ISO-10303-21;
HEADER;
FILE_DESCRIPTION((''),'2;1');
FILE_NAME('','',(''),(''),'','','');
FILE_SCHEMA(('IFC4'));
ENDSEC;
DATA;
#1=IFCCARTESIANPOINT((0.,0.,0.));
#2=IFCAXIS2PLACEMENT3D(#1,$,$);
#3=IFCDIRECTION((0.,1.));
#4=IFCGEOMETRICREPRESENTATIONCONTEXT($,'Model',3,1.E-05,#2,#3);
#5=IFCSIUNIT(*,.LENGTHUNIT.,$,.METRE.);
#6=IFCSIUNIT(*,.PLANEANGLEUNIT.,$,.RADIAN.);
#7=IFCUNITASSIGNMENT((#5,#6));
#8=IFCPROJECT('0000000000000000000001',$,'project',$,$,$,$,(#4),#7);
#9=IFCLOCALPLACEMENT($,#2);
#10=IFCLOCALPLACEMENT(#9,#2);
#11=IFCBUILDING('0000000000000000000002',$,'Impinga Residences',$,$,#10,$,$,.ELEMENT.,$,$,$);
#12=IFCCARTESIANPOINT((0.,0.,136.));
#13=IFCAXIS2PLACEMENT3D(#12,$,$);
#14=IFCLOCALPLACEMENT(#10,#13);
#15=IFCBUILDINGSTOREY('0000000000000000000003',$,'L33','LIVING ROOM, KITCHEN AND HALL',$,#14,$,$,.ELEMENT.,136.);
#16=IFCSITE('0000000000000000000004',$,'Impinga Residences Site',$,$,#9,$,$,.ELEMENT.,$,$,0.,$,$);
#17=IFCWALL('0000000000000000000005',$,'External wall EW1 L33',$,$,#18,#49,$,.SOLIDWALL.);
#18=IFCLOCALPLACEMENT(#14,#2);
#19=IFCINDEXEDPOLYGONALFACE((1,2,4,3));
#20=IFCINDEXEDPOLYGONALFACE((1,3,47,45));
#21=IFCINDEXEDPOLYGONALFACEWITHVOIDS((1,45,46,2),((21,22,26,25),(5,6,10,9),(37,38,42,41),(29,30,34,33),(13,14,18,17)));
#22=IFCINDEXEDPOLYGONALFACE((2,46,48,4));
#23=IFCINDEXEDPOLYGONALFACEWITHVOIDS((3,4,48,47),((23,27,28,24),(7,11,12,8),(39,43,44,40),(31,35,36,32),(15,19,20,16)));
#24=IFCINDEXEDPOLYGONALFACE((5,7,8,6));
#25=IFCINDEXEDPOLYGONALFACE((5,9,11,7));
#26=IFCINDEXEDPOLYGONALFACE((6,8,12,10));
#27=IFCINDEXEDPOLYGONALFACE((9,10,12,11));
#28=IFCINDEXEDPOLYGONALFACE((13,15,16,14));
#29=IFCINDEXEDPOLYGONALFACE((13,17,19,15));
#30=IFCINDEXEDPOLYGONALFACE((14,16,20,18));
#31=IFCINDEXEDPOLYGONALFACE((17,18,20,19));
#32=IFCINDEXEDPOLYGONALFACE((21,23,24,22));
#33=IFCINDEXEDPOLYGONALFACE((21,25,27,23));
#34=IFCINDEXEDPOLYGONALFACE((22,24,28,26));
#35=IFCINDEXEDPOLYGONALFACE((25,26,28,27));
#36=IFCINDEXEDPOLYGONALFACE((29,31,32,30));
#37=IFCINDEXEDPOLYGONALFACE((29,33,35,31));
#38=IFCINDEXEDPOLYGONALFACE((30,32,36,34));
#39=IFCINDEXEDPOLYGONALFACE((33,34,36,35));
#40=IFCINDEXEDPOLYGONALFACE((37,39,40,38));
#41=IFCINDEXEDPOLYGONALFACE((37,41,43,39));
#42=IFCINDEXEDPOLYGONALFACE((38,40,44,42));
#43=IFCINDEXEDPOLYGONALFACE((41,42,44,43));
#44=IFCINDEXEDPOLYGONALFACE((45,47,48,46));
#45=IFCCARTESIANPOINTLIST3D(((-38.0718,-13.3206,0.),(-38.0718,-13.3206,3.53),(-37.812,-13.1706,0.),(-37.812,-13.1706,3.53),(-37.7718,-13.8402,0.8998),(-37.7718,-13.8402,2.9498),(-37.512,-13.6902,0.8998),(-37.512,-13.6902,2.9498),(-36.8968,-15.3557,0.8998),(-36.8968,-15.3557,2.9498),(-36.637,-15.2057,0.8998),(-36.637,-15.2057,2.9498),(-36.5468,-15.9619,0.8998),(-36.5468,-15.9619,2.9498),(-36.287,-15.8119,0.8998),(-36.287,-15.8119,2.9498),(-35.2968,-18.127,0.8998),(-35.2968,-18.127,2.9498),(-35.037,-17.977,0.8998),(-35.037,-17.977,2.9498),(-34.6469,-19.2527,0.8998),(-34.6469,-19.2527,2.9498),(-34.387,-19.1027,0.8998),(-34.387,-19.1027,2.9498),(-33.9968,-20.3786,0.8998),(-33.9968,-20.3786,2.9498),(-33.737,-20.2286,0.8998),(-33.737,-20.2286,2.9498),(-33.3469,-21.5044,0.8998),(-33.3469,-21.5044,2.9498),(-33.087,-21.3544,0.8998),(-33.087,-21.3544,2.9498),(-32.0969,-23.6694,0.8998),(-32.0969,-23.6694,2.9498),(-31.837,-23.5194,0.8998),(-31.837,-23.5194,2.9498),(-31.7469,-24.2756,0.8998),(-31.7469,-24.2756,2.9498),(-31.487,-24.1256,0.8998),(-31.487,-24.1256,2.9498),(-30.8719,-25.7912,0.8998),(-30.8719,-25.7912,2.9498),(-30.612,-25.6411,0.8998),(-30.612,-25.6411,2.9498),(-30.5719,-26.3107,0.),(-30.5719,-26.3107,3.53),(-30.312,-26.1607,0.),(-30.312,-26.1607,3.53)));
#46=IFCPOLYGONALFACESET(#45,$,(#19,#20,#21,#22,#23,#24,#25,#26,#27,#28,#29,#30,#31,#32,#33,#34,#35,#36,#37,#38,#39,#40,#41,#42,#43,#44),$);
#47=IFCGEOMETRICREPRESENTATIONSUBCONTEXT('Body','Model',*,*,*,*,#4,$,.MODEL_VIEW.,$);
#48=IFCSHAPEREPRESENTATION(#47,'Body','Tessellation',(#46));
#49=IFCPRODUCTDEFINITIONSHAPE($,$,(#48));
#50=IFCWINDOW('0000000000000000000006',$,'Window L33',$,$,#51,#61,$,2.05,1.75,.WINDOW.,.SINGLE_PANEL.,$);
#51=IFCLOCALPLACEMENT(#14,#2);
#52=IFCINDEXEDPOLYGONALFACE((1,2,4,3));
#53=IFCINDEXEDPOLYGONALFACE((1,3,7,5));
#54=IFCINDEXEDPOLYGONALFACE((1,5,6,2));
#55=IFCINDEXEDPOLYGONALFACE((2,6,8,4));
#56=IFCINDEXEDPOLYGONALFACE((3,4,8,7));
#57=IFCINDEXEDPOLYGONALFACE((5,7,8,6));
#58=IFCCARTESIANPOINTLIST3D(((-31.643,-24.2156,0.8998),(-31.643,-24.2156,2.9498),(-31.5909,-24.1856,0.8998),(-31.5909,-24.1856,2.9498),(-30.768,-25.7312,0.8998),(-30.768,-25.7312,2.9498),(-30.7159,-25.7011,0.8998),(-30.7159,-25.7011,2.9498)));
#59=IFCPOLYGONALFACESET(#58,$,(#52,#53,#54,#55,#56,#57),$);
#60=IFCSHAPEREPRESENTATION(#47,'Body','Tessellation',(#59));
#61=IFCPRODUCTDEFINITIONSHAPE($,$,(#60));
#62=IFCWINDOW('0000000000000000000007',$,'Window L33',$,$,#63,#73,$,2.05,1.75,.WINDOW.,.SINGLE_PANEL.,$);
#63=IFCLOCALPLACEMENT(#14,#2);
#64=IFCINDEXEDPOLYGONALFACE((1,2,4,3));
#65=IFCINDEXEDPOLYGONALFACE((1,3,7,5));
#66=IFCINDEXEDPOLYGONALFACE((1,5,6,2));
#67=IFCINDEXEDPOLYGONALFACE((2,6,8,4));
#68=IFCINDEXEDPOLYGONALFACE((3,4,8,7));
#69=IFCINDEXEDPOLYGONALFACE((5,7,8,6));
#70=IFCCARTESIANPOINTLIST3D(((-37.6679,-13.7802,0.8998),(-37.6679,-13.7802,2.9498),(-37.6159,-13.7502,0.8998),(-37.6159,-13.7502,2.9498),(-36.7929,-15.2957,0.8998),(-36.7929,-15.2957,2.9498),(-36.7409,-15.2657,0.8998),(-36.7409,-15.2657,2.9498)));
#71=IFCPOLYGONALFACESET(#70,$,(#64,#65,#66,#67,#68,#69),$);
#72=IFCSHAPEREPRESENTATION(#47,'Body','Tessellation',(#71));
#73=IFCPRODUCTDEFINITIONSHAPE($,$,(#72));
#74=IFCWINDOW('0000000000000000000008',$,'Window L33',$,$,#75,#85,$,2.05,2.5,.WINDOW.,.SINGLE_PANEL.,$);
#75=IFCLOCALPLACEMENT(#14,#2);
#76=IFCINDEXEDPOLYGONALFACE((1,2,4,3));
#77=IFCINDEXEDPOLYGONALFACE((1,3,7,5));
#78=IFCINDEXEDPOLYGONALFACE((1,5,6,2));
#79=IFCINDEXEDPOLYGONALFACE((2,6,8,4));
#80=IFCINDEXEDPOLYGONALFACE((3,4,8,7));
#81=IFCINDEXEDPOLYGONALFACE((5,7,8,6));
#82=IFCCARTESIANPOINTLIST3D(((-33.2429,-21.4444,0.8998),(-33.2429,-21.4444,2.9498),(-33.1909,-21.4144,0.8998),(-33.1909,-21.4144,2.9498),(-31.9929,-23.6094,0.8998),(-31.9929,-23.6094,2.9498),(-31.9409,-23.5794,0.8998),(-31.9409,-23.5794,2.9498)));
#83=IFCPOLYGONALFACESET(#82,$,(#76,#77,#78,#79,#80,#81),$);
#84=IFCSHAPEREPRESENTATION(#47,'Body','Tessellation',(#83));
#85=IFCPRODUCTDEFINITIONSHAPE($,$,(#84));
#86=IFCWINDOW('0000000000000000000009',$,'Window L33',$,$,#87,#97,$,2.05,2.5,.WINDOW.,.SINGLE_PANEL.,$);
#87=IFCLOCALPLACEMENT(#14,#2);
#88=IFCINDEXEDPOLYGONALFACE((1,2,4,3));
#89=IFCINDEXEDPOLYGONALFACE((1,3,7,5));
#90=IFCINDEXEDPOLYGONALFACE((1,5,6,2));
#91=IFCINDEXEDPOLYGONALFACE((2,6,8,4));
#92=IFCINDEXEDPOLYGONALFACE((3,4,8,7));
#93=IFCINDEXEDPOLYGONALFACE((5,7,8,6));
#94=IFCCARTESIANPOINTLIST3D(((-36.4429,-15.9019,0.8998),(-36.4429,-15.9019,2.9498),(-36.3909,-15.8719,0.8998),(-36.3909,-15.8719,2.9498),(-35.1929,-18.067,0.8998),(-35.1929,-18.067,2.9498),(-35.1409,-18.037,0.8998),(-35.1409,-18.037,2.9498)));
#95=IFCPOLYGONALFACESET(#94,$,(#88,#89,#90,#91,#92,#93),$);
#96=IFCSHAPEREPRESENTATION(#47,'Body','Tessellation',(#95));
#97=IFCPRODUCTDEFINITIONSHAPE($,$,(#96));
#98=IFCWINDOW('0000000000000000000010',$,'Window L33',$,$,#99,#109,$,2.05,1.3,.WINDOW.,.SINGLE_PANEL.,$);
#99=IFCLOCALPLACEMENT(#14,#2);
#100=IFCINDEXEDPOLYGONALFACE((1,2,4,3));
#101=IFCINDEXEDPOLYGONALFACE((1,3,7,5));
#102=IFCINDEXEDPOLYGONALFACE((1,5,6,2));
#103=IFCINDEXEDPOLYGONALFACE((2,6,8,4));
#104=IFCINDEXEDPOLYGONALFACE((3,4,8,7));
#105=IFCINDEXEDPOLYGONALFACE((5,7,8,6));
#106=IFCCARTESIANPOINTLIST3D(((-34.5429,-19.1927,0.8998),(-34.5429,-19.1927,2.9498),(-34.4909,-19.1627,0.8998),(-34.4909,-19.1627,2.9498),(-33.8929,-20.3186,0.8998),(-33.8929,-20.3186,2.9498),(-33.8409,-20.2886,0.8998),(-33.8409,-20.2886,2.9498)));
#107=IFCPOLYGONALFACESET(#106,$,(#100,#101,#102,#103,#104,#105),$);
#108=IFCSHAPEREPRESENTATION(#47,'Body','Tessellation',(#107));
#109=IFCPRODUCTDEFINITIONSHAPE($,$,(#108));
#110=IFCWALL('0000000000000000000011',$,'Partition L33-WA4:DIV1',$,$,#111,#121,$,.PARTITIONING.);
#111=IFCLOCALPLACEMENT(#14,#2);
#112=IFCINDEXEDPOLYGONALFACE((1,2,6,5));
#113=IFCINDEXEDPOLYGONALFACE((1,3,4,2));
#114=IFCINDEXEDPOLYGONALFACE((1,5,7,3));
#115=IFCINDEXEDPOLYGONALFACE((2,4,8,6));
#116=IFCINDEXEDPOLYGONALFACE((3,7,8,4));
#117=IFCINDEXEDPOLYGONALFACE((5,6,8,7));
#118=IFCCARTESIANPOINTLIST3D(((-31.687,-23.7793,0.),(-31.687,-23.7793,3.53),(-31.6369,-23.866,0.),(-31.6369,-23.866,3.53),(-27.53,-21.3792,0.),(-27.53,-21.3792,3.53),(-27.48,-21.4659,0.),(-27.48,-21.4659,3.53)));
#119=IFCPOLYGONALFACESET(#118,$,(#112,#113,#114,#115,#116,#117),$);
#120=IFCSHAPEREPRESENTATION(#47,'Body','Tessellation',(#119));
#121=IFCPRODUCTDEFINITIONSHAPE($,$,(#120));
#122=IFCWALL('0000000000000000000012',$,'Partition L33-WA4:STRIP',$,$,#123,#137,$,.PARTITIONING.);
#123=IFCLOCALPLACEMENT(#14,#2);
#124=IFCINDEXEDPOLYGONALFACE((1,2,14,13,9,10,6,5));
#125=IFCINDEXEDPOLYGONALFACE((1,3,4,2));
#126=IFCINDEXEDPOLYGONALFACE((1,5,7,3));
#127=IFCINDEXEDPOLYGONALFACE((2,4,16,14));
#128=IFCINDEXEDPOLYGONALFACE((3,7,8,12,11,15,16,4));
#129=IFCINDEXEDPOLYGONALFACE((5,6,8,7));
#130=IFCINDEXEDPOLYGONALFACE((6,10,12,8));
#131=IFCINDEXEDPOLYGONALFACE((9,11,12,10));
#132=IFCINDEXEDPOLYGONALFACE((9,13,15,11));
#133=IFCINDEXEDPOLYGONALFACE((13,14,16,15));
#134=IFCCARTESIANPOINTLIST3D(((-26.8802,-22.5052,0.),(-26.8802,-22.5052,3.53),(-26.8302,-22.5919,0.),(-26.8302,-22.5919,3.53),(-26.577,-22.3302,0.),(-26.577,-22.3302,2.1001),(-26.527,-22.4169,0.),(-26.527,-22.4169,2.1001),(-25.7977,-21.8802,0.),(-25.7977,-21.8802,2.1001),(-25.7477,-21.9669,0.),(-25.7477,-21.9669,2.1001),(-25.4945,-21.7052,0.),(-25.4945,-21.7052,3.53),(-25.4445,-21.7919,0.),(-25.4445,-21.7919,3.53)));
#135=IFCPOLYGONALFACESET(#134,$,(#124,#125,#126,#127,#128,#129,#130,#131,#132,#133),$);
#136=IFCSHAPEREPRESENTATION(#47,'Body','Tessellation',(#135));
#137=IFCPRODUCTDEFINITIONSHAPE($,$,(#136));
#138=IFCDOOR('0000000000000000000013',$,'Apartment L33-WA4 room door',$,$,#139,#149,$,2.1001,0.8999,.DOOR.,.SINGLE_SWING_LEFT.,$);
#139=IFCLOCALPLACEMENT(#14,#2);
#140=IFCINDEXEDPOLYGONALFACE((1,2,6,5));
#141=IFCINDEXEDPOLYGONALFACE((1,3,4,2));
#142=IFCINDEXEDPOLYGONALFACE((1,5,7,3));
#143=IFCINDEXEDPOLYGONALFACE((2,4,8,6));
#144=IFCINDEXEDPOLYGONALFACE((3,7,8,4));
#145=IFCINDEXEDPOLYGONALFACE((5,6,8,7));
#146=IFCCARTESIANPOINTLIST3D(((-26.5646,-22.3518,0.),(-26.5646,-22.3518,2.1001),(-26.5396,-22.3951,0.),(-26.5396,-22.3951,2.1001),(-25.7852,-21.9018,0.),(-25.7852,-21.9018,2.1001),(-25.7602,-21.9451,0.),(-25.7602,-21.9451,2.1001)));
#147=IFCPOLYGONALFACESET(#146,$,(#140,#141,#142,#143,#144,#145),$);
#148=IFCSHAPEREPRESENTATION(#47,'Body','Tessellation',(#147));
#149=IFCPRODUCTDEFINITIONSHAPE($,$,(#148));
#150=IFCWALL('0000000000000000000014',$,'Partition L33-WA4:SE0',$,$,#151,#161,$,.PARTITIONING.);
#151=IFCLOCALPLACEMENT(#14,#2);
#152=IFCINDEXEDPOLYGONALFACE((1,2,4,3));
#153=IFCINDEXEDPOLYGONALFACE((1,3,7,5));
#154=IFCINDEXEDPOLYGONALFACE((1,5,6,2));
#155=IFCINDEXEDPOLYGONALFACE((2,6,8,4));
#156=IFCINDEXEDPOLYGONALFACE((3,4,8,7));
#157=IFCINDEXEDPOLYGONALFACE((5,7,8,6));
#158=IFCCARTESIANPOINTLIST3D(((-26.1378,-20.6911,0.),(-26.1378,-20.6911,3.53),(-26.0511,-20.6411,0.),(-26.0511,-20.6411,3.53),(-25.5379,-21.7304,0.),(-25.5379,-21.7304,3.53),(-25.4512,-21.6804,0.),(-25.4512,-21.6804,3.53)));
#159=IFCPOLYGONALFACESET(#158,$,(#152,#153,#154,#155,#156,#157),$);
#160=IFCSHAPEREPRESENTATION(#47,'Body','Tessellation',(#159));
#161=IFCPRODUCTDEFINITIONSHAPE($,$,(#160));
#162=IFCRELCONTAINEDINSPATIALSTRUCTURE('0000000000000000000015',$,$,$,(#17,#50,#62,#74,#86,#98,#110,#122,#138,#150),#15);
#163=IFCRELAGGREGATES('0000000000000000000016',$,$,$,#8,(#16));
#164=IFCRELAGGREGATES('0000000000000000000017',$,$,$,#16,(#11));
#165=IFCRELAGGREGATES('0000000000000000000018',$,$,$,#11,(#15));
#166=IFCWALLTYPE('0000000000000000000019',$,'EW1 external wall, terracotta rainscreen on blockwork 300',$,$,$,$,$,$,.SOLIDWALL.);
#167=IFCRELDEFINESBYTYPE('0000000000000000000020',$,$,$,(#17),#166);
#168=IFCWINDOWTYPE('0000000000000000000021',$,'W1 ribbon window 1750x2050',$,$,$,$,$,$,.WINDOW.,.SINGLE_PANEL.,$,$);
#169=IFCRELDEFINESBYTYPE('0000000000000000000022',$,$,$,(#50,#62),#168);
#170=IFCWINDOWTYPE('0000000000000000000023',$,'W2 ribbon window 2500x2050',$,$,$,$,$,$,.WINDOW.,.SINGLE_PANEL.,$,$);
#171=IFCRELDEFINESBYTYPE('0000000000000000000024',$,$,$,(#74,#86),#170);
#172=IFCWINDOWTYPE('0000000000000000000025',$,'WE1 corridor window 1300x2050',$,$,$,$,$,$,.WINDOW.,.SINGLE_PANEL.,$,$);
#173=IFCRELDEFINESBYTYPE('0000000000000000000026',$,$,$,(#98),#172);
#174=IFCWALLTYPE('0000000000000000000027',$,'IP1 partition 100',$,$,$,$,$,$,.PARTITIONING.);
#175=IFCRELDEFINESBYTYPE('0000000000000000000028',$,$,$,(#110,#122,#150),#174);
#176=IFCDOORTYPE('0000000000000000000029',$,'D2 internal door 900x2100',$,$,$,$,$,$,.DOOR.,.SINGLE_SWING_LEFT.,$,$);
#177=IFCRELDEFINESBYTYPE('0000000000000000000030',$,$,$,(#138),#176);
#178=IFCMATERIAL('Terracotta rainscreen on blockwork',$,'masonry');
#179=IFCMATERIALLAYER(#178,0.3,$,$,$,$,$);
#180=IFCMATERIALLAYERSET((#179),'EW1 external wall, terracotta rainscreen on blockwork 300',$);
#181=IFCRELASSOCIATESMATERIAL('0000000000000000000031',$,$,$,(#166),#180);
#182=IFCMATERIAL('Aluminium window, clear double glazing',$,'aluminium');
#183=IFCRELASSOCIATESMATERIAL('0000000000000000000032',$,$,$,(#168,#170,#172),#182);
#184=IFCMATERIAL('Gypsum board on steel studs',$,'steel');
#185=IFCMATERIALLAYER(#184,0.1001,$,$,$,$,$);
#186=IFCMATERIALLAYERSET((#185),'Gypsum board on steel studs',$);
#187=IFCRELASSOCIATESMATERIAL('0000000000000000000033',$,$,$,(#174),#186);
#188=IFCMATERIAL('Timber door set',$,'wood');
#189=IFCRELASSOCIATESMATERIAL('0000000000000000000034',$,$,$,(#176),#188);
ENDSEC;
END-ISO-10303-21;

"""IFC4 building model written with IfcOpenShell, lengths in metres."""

from ifc_helpers import new_model, si_unit, direction, frame, frame_2d, origin, place, context, subcontext, project, spatial, rectangle, extrude, material, layer, layer_set, type_object, element, fill, save


model = new_model("IFC4")

# Units and contexts
model_context = context("Model", 3, precision=1e-05, world=origin(), true_north=direction((0.0, 1.0)))
body_context = subcontext(model_context, "Body", "Model", "MODEL_VIEW")
ifc_project = project(units=[si_unit("LENGTHUNIT", "METRE"), si_unit("PLANEANGLEUNIT", "RADIAN")], contexts=[model_context])

# Site, building, storey
site_placement = place(None, origin())
site = spatial("IfcSite", under=ifc_project, at=site_placement, Name="Impinga Residences Site", CompositionType="ELEMENT", RefElevation=0.0)
building_placement = place(site_placement, origin())
building = spatial("IfcBuilding", under=site, at=building_placement, Name="Impinga Residences", CompositionType="ELEMENT")
storey_placement = place(building_placement, frame((0.0, 0.0, 136.0)))
storey = spatial("IfcBuildingStorey", under=building, at=storey_placement, Name="L33", Description="LIVING ROOM, KITCHEN AND HALL", CompositionType="ELEMENT", Elevation=136.0)

# Shared definitions
ifc_material_1 = material(Name="Terracotta rainscreen on blockwork", Category="masonry")
ifc_layer_1 = layer(ifc_material_1, 0.3)
ifc_layer_set_1 = layer_set([ifc_layer_1], Name="EW1 external wall, terracotta rainscreen on blockwork 300")
wall_type_1 = type_object("IfcWallType", Name="EW1 external wall, terracotta rainscreen on blockwork 300", PredefinedType="SOLIDWALL", material=ifc_layer_set_1)

# Wall, openings, windows
wall_1_placement = place(storey_placement, frame((-30.4419, -26.2358, 0.0), z_axis=(0.0, 0.0, 1.0), x_axis=(-0.500004, 0.866023, 0.0)))
wall_1 = element("IfcWall", 1, at=wall_1_placement, inside=storey, type_object=wall_type_1, Name="External wall EW1 L33", PredefinedType="SOLIDWALL", context=body_context, shape_type="SweptSolid", body=[
    extrude(rectangle(XDim=14.9998, YDim=0.3, at=frame_2d((7.5, 0.0))), origin(), (0.0, 0.0, 1.0), 3.53),
])
opening_1_placement = place(wall_1_placement, frame((0.6001, 0.0, 0.8999)))
opening_1 = element("IfcOpeningElement", 2, at=opening_1_placement, cuts=wall_1, PredefinedType="OPENING", context=body_context, shape_type="SweptSolid", body=[
    extrude(rectangle(XDim=1.75, YDim=2.05, at=frame_2d((0.875, 1.0249))), frame((0.0, 0.1599, 0.0), z_axis=(0.0, -1.0, 0.0), x_axis=(1.0, 0.0, 0.0)), (0.0, 0.0, 1.0), 0.3201),
])
opening_2_placement = place(wall_1_placement, frame((3.05, 0.0, 0.8999)))
opening_2 = element("IfcOpeningElement", 3, at=opening_2_placement, cuts=wall_1, PredefinedType="OPENING", context=body_context, shape_type="SweptSolid", body=[
    extrude(rectangle(XDim=2.5, YDim=2.05, at=frame_2d((1.25, 1.0249))), frame((0.0, 0.1599, 0.0), z_axis=(0.0, -1.0, 0.0), x_axis=(1.0, 0.0, 0.0)), (0.0, 0.0, 1.0), 0.3201),
])
opening_3_placement = place(wall_1_placement, frame((6.8501, 0.0, 0.8999)))
opening_3 = element("IfcOpeningElement", 4, at=opening_3_placement, cuts=wall_1, PredefinedType="OPENING", context=body_context, shape_type="SweptSolid", body=[
    extrude(rectangle(XDim=1.3, YDim=2.05, at=frame_2d((0.6499, 1.0249))), frame((0.0, 0.1599, 0.0), z_axis=(0.0, -1.0, 0.0), x_axis=(1.0, 0.0, 0.0)), (0.0, 0.0, 1.0), 0.3201),
])
opening_4_placement = place(wall_1_placement, frame((9.45, 0.0, 0.8999)))
opening_4 = element("IfcOpeningElement", 5, at=opening_4_placement, cuts=wall_1, PredefinedType="OPENING", context=body_context, shape_type="SweptSolid", body=[
    extrude(rectangle(XDim=2.5, YDim=2.05, at=frame_2d((1.25, 1.0249))), frame((0.0, 0.1599, 0.0), z_axis=(0.0, -1.0, 0.0), x_axis=(1.0, 0.0, 0.0)), (0.0, 0.0, 1.0), 0.3201),
])
opening_5_placement = place(wall_1_placement, frame((12.6499, 0.0, 0.8999)))
opening_5 = element("IfcOpeningElement", 6, at=opening_5_placement, cuts=wall_1, PredefinedType="OPENING", context=body_context, shape_type="SweptSolid", body=[
    extrude(rectangle(XDim=1.75, YDim=2.05, at=frame_2d((0.875, 1.0249))), frame((0.0, 0.1599, 0.0), z_axis=(0.0, -1.0, 0.0), x_axis=(1.0, 0.0, 0.0)), (0.0, 0.0, 1.0), 0.3201),
])
ifc_material_2 = material(Name="Aluminium window, clear double glazing", Category="aluminium")
window_type_1 = type_object("IfcWindowType", Name="W1 ribbon window 1750x2050", PartitioningType="SINGLE_PANEL", PredefinedType="WINDOW", material=ifc_material_2)
window_1_placement = place(opening_1_placement, origin())
window_1 = element("IfcWindow", 7, at=window_1_placement, inside=storey, type_object=window_type_1, Name="Window L33", OverallHeight=2.05, OverallWidth=1.75, PartitioningType="SINGLE_PANEL", PredefinedType="WINDOW", context=body_context, shape_type="SweptSolid", body=[
    extrude(rectangle(XDim=1.75, YDim=2.05, at=frame_2d((0.875, 1.0249))), frame((0.0, 0.03, 0.0), z_axis=(0.0, -1.0, 0.0), x_axis=(1.0, 0.0, 0.0)), (0.0, 0.0, 1.0), 0.0601),
])
fill(opening_1, window_1)
window_2_placement = place(opening_5_placement, origin())
window_2 = element("IfcWindow", 8, at=window_2_placement, inside=storey, type_object=window_type_1, Name="Window L33", OverallHeight=2.05, OverallWidth=1.75, PartitioningType="SINGLE_PANEL", PredefinedType="WINDOW", context=body_context, shape_type="SweptSolid", body=[
    extrude(rectangle(XDim=1.75, YDim=2.05, at=frame_2d((0.875, 1.0249))), frame((0.0, 0.03, 0.0), z_axis=(0.0, -1.0, 0.0), x_axis=(1.0, 0.0, 0.0)), (0.0, 0.0, 1.0), 0.0601),
])
fill(opening_5, window_2)
window_type_2 = type_object("IfcWindowType", Name="W2 ribbon window 2500x2050", PartitioningType="SINGLE_PANEL", PredefinedType="WINDOW", material=ifc_material_2)
window_3_placement = place(opening_2_placement, origin())
window_3 = element("IfcWindow", 9, at=window_3_placement, inside=storey, type_object=window_type_2, Name="Window L33", OverallHeight=2.05, OverallWidth=2.5, PartitioningType="SINGLE_PANEL", PredefinedType="WINDOW", context=body_context, shape_type="SweptSolid", body=[
    extrude(rectangle(XDim=2.5, YDim=2.05, at=frame_2d((1.25, 1.0249))), frame((0.0, 0.03, 0.0), z_axis=(0.0, -1.0, 0.0), x_axis=(1.0, 0.0, 0.0)), (0.0, 0.0, 1.0), 0.0601),
])
fill(opening_2, window_3)
window_4_placement = place(opening_4_placement, origin())
window_4 = element("IfcWindow", 10, at=window_4_placement, inside=storey, type_object=window_type_2, Name="Window L33", OverallHeight=2.05, OverallWidth=2.5, PartitioningType="SINGLE_PANEL", PredefinedType="WINDOW", context=body_context, shape_type="SweptSolid", body=[
    extrude(rectangle(XDim=2.5, YDim=2.05, at=frame_2d((1.25, 1.0249))), frame((0.0, 0.03, 0.0), z_axis=(0.0, -1.0, 0.0), x_axis=(1.0, 0.0, 0.0)), (0.0, 0.0, 1.0), 0.0601),
])
fill(opening_4, window_4)
window_type_3 = type_object("IfcWindowType", Name="WE1 corridor window 1300x2050", PartitioningType="SINGLE_PANEL", PredefinedType="WINDOW", material=ifc_material_2)
window_5_placement = place(opening_3_placement, origin())
window_5 = element("IfcWindow", 11, at=window_5_placement, inside=storey, type_object=window_type_3, Name="Window L33", OverallHeight=2.05, OverallWidth=1.3, PartitioningType="SINGLE_PANEL", PredefinedType="WINDOW", context=body_context, shape_type="SweptSolid", body=[
    extrude(rectangle(XDim=1.3, YDim=2.05, at=frame_2d((0.6499, 1.0249))), frame((0.0, 0.03, 0.0), z_axis=(0.0, -1.0, 0.0), x_axis=(1.0, 0.0, 0.0)), (0.0, 0.0, 1.0), 0.0601),
])
fill(opening_3, window_5)

# Wall
ifc_material_3 = material(Name="Gypsum board on steel studs", Category="steel")
ifc_layer_2 = layer(ifc_material_3, 0.1001)
ifc_layer_set_2 = layer_set([ifc_layer_2], Name="Gypsum board on steel studs")
wall_type_2 = type_object("IfcWallType", Name="IP1 partition 100", PredefinedType="PARTITIONING", material=ifc_layer_set_2)
wall_2_placement = place(storey_placement, frame((-27.5051, -21.4226, 0.0), z_axis=(0.0, 0.0, 1.0), x_axis=(-0.866015, -0.500017, 0.0)))
element("IfcWall", 12, at=wall_2_placement, inside=storey, type_object=wall_type_2, Name="Partition L33-WA4:DIV1", PredefinedType="PARTITIONING", context=body_context, shape_type="SweptSolid", body=[
    extrude(rectangle(XDim=4.8, YDim=0.1001, at=frame_2d((2.3999, 0.0))), origin(), (0.0, 0.0, 1.0), 3.53),
])

# Wall, opening, door
wall_3_placement = place(storey_placement, frame((-25.4695, -21.7485, 0.0), z_axis=(0.0, 0.0, 1.0), x_axis=(-0.866028, -0.499995, 0.0)))
wall_3 = element("IfcWall", 13, at=wall_3_placement, inside=storey, type_object=wall_type_2, Name="Partition L33-WA4:STRIP", PredefinedType="PARTITIONING", context=body_context, shape_type="SweptSolid", body=[
    extrude(rectangle(XDim=1.6001, YDim=0.1001, at=frame_2d((0.8, 0.0))), origin(), (0.0, 0.0, 1.0), 3.53),
])
opening_6_placement = place(wall_3_placement, frame((0.3501, 0.0, 0.0)))
opening_6 = element("IfcOpeningElement", 14, at=opening_6_placement, cuts=wall_3, PredefinedType="OPENING", context=body_context, shape_type="SweptSolid", body=[
    extrude(rectangle(XDim=0.8999, YDim=2.1001, at=frame_2d((0.45, 1.05))), frame((0.0, 0.0601, 0.0), z_axis=(0.0, -1.0, 0.0), x_axis=(1.0, 0.0, 0.0)), (0.0, 0.0, 1.0), 0.1201),
])
ifc_material_4 = material(Name="Timber door set", Category="wood")
door_type = type_object("IfcDoorType", Name="D2 internal door 900x2100", OperationType="SINGLE_SWING_LEFT", PredefinedType="DOOR", material=ifc_material_4)
door_placement = place(opening_6_placement, origin())
door = element("IfcDoor", 15, at=door_placement, inside=storey, type_object=door_type, Name="Apartment L33-WA4 room door", OperationType="SINGLE_SWING_LEFT", OverallHeight=2.1001, OverallWidth=0.8999, PredefinedType="DOOR", context=body_context, shape_type="SweptSolid", body=[
    extrude(rectangle(XDim=0.8999, YDim=2.1001, at=frame_2d((0.45, 1.05))), frame((0.0, 0.0249, 0.0), z_axis=(0.0, -1.0, 0.0), x_axis=(1.0, 0.0, 0.0)), (0.0, 0.0, 1.0), 0.05),
])
fill(opening_6, door)

# Wall
for number, where, z_axis, x_axis, name in (
    (16, (-26.0945, -20.666, 0.0), (0.0, 0.0, 1.0), (0.499881, -0.866094, 0.0), "Partition L33-WA4:SE0"),
):
    element("IfcWall", number, at=place(storey_placement, frame(where, z_axis=z_axis, x_axis=x_axis)), inside=storey, type_object=wall_type_2, Name=name, PredefinedType="PARTITIONING", context=body_context, shape_type="SweptSolid", body=[
        extrude(rectangle(XDim=1.2, YDim=0.1001, at=frame_2d((0.6001, 0.0))), origin(), (0.0, 0.0, 1.0), 3.53),
    ])

save(model, "model.ifc")
